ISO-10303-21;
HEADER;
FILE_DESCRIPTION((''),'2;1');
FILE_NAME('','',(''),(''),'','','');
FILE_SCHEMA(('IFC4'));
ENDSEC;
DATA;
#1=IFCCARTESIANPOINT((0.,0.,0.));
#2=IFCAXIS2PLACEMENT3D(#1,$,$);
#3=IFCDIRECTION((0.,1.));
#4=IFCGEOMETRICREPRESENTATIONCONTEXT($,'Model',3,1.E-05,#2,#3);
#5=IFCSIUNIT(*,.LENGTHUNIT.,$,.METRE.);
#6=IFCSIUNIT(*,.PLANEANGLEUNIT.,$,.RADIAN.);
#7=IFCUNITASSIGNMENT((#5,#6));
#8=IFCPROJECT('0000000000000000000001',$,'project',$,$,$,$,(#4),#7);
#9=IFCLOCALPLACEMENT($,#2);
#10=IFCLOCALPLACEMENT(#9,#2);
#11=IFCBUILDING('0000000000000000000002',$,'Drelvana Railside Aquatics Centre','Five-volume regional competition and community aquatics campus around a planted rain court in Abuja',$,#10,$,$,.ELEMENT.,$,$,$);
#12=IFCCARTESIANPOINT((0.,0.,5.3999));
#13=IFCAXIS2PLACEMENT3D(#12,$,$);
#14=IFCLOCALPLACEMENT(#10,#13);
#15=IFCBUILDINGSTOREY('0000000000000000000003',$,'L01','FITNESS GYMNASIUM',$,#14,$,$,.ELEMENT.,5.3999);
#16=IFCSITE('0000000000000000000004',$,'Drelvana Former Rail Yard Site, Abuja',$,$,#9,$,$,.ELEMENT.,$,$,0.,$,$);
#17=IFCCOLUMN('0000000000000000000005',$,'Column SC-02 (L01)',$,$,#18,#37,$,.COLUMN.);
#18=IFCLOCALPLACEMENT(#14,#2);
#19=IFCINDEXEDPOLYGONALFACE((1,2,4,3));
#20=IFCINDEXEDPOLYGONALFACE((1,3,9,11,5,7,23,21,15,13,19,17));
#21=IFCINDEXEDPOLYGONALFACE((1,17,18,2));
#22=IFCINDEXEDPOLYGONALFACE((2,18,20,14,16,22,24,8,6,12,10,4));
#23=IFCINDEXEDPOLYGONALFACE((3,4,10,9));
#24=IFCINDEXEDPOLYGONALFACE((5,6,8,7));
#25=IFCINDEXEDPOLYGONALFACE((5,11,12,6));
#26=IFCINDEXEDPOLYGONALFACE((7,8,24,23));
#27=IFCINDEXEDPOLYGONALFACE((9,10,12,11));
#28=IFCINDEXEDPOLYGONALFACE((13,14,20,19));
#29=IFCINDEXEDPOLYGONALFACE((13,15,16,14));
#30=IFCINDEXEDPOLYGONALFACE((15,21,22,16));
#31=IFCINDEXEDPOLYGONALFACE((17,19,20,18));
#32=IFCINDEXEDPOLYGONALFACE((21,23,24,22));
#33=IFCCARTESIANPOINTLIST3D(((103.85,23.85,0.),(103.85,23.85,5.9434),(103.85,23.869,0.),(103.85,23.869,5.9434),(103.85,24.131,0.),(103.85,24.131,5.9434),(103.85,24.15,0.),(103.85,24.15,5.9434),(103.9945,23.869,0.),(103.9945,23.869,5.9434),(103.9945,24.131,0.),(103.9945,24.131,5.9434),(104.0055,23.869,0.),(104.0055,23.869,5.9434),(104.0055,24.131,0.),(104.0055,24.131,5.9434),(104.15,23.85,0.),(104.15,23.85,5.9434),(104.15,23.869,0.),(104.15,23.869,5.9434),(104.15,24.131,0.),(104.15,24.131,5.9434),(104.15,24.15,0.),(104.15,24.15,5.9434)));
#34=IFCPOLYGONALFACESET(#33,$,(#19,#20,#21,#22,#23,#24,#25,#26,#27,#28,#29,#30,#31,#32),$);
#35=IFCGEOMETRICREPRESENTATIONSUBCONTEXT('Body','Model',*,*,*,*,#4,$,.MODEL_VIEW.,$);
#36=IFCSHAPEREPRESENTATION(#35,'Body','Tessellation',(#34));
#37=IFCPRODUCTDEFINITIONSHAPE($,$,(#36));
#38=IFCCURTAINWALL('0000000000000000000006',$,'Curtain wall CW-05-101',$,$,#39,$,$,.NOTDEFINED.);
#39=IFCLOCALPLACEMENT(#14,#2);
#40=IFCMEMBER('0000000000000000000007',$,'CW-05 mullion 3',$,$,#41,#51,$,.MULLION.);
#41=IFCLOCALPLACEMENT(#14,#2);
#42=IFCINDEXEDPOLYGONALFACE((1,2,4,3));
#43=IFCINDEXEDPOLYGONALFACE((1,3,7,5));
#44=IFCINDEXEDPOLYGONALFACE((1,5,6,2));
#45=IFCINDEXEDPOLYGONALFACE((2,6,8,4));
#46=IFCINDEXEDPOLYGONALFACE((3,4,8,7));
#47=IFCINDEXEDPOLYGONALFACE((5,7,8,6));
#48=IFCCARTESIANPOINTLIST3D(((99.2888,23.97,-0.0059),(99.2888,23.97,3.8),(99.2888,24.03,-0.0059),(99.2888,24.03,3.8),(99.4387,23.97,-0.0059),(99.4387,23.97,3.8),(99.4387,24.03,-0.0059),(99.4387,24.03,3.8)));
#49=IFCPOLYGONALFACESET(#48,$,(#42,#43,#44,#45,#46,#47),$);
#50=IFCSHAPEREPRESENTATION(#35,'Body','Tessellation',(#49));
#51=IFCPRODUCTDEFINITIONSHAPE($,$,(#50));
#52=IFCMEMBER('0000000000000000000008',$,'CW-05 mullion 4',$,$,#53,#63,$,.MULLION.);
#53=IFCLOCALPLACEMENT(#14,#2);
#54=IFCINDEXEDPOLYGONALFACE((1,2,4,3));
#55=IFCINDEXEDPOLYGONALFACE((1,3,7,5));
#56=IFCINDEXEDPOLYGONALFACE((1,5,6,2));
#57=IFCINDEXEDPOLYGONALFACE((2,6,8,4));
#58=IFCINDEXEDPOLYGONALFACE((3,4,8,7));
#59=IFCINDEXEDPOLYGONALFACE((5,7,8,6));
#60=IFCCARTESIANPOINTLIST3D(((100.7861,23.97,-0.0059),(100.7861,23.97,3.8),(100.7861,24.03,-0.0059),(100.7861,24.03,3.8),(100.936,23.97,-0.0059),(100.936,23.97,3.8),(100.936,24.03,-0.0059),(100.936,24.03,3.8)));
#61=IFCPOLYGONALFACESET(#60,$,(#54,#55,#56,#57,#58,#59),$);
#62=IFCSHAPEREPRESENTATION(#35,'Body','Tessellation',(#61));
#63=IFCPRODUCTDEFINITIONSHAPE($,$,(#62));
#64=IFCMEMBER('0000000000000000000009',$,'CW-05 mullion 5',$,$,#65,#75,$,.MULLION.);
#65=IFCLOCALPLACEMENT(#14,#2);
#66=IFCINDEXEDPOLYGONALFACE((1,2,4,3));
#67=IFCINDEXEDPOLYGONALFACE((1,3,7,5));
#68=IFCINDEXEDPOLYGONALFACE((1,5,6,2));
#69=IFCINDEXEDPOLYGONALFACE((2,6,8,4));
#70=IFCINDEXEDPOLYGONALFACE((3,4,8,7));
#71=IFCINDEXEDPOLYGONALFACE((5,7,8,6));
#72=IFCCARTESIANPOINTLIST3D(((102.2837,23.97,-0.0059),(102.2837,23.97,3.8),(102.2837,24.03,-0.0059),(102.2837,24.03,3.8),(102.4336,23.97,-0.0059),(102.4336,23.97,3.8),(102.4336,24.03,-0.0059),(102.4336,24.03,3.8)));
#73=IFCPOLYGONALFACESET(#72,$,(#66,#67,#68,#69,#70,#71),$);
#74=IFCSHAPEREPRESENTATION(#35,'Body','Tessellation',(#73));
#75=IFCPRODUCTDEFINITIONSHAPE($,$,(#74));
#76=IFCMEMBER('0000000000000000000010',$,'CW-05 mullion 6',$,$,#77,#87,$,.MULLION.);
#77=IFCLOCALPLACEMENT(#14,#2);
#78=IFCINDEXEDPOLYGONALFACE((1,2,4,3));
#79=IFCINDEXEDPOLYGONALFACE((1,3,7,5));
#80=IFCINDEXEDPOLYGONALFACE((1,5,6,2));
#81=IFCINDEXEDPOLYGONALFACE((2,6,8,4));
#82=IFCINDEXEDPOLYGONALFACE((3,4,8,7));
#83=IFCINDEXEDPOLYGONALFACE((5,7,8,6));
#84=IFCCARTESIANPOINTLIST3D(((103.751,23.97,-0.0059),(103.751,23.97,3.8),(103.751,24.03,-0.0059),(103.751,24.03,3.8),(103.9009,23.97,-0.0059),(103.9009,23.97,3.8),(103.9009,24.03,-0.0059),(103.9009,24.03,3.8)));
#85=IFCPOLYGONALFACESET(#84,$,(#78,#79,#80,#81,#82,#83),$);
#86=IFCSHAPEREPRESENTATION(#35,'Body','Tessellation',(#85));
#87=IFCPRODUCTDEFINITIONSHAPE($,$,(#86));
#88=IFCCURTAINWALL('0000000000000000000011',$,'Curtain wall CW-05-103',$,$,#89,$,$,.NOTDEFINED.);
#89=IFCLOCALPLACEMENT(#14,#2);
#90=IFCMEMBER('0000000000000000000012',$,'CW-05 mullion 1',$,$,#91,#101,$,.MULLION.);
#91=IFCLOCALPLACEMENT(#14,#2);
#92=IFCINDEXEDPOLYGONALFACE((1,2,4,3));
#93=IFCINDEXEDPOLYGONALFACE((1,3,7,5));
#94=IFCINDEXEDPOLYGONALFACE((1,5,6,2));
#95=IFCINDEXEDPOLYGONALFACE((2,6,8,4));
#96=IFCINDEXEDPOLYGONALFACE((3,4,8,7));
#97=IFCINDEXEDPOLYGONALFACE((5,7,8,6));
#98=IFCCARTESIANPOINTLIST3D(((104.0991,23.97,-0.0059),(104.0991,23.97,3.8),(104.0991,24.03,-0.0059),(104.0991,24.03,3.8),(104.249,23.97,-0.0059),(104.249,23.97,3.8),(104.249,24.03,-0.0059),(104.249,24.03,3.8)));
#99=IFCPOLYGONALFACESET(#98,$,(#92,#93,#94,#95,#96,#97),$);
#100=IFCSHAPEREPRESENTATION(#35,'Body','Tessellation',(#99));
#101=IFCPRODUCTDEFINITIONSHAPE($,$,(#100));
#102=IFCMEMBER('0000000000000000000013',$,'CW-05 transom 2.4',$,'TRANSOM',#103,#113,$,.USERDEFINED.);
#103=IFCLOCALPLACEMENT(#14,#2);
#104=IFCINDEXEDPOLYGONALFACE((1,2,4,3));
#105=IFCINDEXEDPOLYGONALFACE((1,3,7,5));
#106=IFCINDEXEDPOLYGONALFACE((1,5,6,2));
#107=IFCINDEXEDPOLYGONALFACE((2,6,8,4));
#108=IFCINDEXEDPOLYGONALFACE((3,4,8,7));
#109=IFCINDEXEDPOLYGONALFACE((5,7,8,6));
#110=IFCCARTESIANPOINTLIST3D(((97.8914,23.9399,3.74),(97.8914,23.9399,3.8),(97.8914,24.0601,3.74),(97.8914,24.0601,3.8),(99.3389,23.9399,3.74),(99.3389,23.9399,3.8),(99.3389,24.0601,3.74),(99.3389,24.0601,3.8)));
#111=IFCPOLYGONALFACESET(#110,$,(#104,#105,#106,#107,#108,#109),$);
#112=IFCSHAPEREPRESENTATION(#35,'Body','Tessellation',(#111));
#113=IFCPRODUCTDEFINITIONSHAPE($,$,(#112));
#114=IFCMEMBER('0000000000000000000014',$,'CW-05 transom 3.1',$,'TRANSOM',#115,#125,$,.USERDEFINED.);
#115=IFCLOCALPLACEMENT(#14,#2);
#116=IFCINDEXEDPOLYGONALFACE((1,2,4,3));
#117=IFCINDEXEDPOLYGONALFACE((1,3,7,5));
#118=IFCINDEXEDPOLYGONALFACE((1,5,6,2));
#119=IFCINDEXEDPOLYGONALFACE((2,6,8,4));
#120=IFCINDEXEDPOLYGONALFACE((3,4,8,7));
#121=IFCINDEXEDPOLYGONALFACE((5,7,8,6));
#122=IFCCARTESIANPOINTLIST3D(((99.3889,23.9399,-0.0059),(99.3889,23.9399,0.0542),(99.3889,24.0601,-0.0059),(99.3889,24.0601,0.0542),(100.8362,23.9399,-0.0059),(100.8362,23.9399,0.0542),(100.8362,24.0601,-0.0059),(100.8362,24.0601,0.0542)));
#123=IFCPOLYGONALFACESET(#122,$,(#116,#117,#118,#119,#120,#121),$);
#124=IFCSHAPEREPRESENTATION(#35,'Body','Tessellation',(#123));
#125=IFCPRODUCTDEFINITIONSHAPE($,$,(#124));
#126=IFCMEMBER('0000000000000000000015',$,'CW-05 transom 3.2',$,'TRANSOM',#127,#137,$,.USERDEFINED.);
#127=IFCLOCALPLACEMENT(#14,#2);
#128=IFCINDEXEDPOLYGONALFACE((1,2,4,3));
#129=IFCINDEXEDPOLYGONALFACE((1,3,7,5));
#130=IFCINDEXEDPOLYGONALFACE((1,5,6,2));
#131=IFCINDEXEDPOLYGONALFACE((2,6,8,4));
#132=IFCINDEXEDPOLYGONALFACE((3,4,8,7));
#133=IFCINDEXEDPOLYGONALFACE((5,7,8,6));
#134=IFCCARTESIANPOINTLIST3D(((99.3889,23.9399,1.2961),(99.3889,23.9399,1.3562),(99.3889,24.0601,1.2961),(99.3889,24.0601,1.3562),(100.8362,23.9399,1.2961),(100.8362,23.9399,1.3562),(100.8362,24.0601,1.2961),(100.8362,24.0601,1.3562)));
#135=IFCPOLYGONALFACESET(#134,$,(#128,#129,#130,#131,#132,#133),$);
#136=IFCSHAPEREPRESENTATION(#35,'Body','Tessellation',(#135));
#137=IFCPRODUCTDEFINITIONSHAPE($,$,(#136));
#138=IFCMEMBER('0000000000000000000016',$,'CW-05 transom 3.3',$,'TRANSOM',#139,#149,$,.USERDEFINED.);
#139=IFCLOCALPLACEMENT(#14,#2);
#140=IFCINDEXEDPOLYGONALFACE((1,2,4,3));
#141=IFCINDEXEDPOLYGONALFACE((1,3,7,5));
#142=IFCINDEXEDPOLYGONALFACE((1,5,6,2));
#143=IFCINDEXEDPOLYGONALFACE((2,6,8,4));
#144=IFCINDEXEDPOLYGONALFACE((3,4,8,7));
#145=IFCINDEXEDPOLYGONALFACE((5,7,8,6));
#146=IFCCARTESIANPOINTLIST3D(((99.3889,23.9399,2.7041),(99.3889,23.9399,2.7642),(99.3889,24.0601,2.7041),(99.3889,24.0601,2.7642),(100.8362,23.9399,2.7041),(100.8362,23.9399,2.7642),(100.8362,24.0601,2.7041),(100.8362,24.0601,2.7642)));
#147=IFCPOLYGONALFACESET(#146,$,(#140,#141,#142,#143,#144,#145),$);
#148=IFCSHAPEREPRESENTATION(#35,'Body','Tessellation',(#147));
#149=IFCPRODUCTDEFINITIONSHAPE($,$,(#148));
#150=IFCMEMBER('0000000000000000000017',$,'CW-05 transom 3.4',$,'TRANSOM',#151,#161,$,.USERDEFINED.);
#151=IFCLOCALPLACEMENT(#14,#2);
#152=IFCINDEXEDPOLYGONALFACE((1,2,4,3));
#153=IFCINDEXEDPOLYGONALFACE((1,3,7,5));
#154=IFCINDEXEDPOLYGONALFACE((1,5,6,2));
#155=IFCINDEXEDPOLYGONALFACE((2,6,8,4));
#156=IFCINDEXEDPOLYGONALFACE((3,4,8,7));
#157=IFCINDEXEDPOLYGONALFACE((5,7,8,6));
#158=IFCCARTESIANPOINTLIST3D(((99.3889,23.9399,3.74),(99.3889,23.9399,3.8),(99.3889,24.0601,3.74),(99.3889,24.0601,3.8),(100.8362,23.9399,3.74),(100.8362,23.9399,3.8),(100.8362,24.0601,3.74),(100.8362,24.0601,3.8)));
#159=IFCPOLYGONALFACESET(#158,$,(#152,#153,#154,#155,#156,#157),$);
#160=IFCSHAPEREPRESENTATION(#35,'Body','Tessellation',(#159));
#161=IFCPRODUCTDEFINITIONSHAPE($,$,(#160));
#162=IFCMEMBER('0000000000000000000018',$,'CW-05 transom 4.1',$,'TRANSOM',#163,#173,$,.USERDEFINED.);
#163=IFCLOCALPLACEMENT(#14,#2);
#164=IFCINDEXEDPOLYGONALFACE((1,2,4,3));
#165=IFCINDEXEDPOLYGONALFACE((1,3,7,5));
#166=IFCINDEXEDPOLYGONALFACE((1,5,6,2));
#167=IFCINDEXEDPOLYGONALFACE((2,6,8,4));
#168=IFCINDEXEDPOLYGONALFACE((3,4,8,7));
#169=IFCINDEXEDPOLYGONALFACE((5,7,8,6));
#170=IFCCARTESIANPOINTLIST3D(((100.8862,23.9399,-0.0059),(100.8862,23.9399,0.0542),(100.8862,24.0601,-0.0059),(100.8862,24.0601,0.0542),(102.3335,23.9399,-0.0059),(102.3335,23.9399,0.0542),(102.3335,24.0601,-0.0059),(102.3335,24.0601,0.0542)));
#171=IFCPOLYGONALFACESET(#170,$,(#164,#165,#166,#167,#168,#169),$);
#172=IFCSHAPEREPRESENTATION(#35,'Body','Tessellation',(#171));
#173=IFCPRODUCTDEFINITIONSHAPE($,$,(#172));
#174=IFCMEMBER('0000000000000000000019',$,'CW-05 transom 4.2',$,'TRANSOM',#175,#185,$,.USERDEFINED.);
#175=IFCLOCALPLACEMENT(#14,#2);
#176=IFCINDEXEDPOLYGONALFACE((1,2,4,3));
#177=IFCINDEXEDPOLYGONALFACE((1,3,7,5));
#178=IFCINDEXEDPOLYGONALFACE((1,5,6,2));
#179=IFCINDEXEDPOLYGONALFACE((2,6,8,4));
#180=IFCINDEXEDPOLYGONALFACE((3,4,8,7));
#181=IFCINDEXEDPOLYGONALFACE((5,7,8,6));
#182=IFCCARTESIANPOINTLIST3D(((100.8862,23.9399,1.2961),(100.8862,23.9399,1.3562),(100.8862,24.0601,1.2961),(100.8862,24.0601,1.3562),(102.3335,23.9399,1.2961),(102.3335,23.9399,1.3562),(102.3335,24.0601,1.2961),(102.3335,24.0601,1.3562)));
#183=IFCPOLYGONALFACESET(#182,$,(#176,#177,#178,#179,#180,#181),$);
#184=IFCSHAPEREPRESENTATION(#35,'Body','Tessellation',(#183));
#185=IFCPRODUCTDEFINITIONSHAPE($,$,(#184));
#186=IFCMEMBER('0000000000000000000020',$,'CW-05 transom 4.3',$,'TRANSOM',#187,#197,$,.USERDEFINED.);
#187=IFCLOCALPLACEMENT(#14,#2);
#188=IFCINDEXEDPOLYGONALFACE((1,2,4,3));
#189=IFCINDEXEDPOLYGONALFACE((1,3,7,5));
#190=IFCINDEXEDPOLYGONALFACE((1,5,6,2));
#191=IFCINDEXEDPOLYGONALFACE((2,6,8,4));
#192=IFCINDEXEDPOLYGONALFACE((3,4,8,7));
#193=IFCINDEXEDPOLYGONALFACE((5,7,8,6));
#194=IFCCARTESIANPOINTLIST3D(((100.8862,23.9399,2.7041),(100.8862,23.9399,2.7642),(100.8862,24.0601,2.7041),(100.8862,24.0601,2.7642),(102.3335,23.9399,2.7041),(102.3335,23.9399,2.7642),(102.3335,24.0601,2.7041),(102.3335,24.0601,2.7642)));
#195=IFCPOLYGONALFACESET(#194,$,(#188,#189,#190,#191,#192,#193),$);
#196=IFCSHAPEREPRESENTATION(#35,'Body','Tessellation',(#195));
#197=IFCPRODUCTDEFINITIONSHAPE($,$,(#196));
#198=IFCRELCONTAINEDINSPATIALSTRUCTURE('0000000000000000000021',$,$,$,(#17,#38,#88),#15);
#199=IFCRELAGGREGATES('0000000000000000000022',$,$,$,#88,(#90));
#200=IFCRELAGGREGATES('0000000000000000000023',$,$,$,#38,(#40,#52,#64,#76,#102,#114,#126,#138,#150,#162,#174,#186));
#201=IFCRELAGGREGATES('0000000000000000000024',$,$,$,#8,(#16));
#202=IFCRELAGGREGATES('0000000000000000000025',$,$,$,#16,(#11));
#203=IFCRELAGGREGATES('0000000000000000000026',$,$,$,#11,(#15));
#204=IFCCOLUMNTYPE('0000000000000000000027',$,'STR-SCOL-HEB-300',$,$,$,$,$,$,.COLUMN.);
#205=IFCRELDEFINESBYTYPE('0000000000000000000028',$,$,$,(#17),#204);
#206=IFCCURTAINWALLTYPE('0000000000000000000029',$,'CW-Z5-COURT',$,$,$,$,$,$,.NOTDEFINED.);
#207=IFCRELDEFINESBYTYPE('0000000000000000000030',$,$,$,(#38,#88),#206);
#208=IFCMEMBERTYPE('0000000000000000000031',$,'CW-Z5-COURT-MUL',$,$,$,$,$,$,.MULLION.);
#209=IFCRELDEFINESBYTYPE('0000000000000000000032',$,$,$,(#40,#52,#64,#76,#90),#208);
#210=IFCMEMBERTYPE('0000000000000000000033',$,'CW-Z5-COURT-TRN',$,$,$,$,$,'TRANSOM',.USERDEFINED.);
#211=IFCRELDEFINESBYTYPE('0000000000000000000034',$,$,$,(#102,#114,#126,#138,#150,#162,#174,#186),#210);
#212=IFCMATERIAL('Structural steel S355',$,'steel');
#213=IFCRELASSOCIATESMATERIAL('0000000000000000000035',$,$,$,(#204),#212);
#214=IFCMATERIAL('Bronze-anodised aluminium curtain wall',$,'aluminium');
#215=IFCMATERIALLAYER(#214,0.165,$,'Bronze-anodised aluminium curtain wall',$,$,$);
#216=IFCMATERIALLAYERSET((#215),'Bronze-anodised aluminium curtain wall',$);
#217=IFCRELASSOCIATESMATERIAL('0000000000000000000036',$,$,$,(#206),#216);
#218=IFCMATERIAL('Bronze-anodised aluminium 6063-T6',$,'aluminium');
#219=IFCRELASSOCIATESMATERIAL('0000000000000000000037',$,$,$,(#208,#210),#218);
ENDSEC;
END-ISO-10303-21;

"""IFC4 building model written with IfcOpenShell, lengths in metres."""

from ifc_helpers import new_model, si_unit, direction, frame, origin, origin_2d, place, context, subcontext, project, spatial, rectangle, i_section, extrude, material, layer, layer_set, material_profile, profile_set, type_object, element, aggregate, save


model = new_model("IFC4")

# Units and contexts
model_context = context("Model", 3, precision=1e-05, world=origin(), true_north=direction((0.0, 1.0)))
body_context = subcontext(model_context, "Body", "Model", "MODEL_VIEW")
ifc_project = project(units=[si_unit("LENGTHUNIT", "METRE"), si_unit("PLANEANGLEUNIT", "RADIAN")], contexts=[model_context])

# Site, building, storey
site_placement = place(None, origin())
site = spatial("IfcSite", under=ifc_project, at=site_placement, Name="Drelvana Former Rail Yard Site, Abuja", CompositionType="ELEMENT", RefElevation=0.0)
building_placement = place(site_placement, origin())
building = spatial("IfcBuilding", under=site, at=building_placement, Name="Drelvana Railside Aquatics Centre", Description="Five-volume regional competition and community aquatics campus around a planted rain court in Abuja", CompositionType="ELEMENT")
storey_placement = place(building_placement, frame((0.0, 0.0, 5.3999)))
storey = spatial("IfcBuildingStorey", under=building, at=storey_placement, Name="L01", Description="FITNESS GYMNASIUM", CompositionType="ELEMENT", Elevation=5.3999)

# Column
ifc_material_1 = material(Name="Structural steel S355", Category="steel")
ifc_material_profile_1 = material_profile(ifc_material_1, i_section(OverallWidth=0.3, OverallDepth=0.3, WebThickness=0.011, FlangeThickness=0.019, at=origin_2d()), Name="HEB 300")
ifc_profile_set_1 = profile_set([ifc_material_profile_1], Name="Structural steel S355")
column_type = type_object("IfcColumnType", Name="STR-SCOL-HEB-300", PredefinedType="COLUMN", material=ifc_profile_set_1)
column_placement = place(storey_placement, frame((104.0, 24.0, 0.0), z_axis=(0.0, 0.0, 1.0), x_axis=(1.0, 0.0, 0.0)))
element("IfcColumn", 1, at=column_placement, inside=storey, type_object=column_type, Name="Column SC-02 (L01)", PredefinedType="COLUMN", context=body_context, shape_type="SweptSolid", body=[
    extrude(i_section(OverallWidth=0.3, OverallDepth=0.3, WebThickness=0.011, FlangeThickness=0.019, at=origin_2d()), origin(), (0.0, 0.0, 1.0), 5.9434),
])

# Curtain wall, members
ifc_material_2 = material(Name="Bronze-anodised aluminium curtain wall", Category="aluminium")
ifc_layer_1 = layer(ifc_material_2, 0.165, Name="Bronze-anodised aluminium curtain wall")
ifc_layer_set_1 = layer_set([ifc_layer_1], Name="Bronze-anodised aluminium curtain wall")
curtain_wall_type = type_object("IfcCurtainWallType", Name="CW-Z5-COURT", PredefinedType="NOTDEFINED", material=ifc_layer_set_1)
curtain_wall_1_placement = place(storey_placement, origin())
curtain_wall_1 = element("IfcCurtainWall", 2, at=curtain_wall_1_placement, inside=storey, type_object=curtain_wall_type, Name="Curtain wall CW-05-101", PredefinedType="NOTDEFINED")
ifc_material_3 = material(Name="Bronze-anodised aluminium 6063-T6", Category="aluminium")
ifc_material_profile_2 = material_profile(ifc_material_3, rectangle(XDim=0.0601, YDim=0.1499, at=origin_2d()), Name="ALU-M 60x150")
ifc_profile_set_2 = profile_set([ifc_material_profile_2], Name="Bronze-anodised aluminium 6063-T6")
member_type_1 = type_object("IfcMemberType", Name="CW-Z5-COURT-MUL", PredefinedType="MULLION", material=ifc_profile_set_2)
member_1_placement = place(storey_placement, frame((99.3638, 24.0, -0.0059), z_axis=(0.0, 0.0, 1.0), x_axis=(0.0, 1.0, 0.0)))
member_1 = element("IfcMember", 3, at=member_1_placement, type_object=member_type_1, Name="CW-05 mullion 3", PredefinedType="MULLION", context=body_context, shape_type="SweptSolid", body=[
    extrude(rectangle(XDim=0.0601, YDim=0.1499, at=origin_2d()), origin(), (0.0, 0.0, 1.0), 3.8059),
])
member_2_placement = place(storey_placement, frame((100.8611, 24.0, -0.0059), z_axis=(0.0, 0.0, 1.0), x_axis=(0.0, 1.0, 0.0)))
member_2 = element("IfcMember", 4, at=member_2_placement, type_object=member_type_1, Name="CW-05 mullion 4", PredefinedType="MULLION", context=body_context, shape_type="SweptSolid", body=[
    extrude(rectangle(XDim=0.0601, YDim=0.1499, at=origin_2d()), origin(), (0.0, 0.0, 1.0), 3.8059),
])
member_3_placement = place(storey_placement, frame((102.3586, 24.0, -0.0059), z_axis=(0.0, 0.0, 1.0), x_axis=(0.0, 1.0, 0.0)))
member_3 = element("IfcMember", 5, at=member_3_placement, type_object=member_type_1, Name="CW-05 mullion 5", PredefinedType="MULLION", context=body_context, shape_type="SweptSolid", body=[
    extrude(rectangle(XDim=0.0601, YDim=0.1499, at=origin_2d()), origin(), (0.0, 0.0, 1.0), 3.8059),
])
member_4_placement = place(storey_placement, frame((103.8259, 24.0, -0.0059), z_axis=(0.0, 0.0, 1.0), x_axis=(0.0, 1.0, 0.0)))
member_4 = element("IfcMember", 6, at=member_4_placement, type_object=member_type_1, Name="CW-05 mullion 6", PredefinedType="MULLION", context=body_context, shape_type="SweptSolid", body=[
    extrude(rectangle(XDim=0.0601, YDim=0.1499, at=origin_2d()), origin(), (0.0, 0.0, 1.0), 3.8059),
])

# Curtain wall, member
curtain_wall_2_placement = place(storey_placement, origin())
curtain_wall_2 = element("IfcCurtainWall", 7, at=curtain_wall_2_placement, inside=storey, type_object=curtain_wall_type, Name="Curtain wall CW-05-103", PredefinedType="NOTDEFINED")
member_5_placement = place(storey_placement, frame((104.1741, 24.0, -0.0059), z_axis=(0.0, 0.0, 1.0), x_axis=(0.0, 1.0, 0.0)))
member_5 = element("IfcMember", 8, at=member_5_placement, type_object=member_type_1, Name="CW-05 mullion 1", PredefinedType="MULLION", context=body_context, shape_type="SweptSolid", body=[
    extrude(rectangle(XDim=0.0601, YDim=0.1499, at=origin_2d()), origin(), (0.0, 0.0, 1.0), 3.8059),
])

# Members
ifc_material_profile_3 = material_profile(ifc_material_3, rectangle(XDim=0.1201, YDim=0.0601, at=origin_2d()), Name="ALU-T 60x120")
ifc_profile_set_3 = profile_set([ifc_material_profile_3], Name="Bronze-anodised aluminium 6063-T6")
member_type_2 = type_object("IfcMemberType", Name="CW-Z5-COURT-TRN", ElementType="TRANSOM", PredefinedType="USERDEFINED", material=ifc_profile_set_3)
member_6_placement = place(storey_placement, frame((97.8914, 24.0, 3.77), z_axis=(1.0, 0.0, 0.0), x_axis=(0.0, 1.0, 0.0)))
member_6 = element("IfcMember", 9, at=member_6_placement, type_object=member_type_2, Name="CW-05 transom 2.4", ObjectType="TRANSOM", PredefinedType="USERDEFINED", context=body_context, shape_type="SweptSolid", body=[
    extrude(rectangle(XDim=0.1201, YDim=0.0601, at=origin_2d()), origin(), (0.0, 0.0, 1.0), 1.4475),
])
member_7_placement = place(storey_placement, frame((99.3889, 24.0, 0.0242), z_axis=(1.0, 0.0, 0.0), x_axis=(0.0, 1.0, 0.0)))
member_7 = element("IfcMember", 10, at=member_7_placement, type_object=member_type_2, Name="CW-05 transom 3.1", ObjectType="TRANSOM", PredefinedType="USERDEFINED", context=body_context, shape_type="SweptSolid", body=[
    extrude(rectangle(XDim=0.1201, YDim=0.0601, at=origin_2d()), origin(), (0.0, 0.0, 1.0), 1.4473),
])
member_8_placement = place(storey_placement, frame((99.3889, 24.0, 1.3262), z_axis=(1.0, 0.0, 0.0), x_axis=(0.0, 1.0, 0.0)))
member_8 = element("IfcMember", 11, at=member_8_placement, type_object=member_type_2, Name="CW-05 transom 3.2", ObjectType="TRANSOM", PredefinedType="USERDEFINED", context=body_context, shape_type="SweptSolid", body=[
    extrude(rectangle(XDim=0.1201, YDim=0.0601, at=origin_2d()), origin(), (0.0, 0.0, 1.0), 1.4473),
])
member_9_placement = place(storey_placement, frame((99.3889, 24.0, 2.7341), z_axis=(1.0, 0.0, 0.0), x_axis=(0.0, 1.0, 0.0)))
member_9 = element("IfcMember", 12, at=member_9_placement, type_object=member_type_2, Name="CW-05 transom 3.3", ObjectType="TRANSOM", PredefinedType="USERDEFINED", context=body_context, shape_type="SweptSolid", body=[
    extrude(rectangle(XDim=0.1201, YDim=0.0601, at=origin_2d()), origin(), (0.0, 0.0, 1.0), 1.4473),
])
member_10_placement = place(storey_placement, frame((99.3889, 24.0, 3.77), z_axis=(1.0, 0.0, 0.0), x_axis=(0.0, 1.0, 0.0)))
member_10 = element("IfcMember", 13, at=member_10_placement, type_object=member_type_2, Name="CW-05 transom 3.4", ObjectType="TRANSOM", PredefinedType="USERDEFINED", context=body_context, shape_type="SweptSolid", body=[
    extrude(rectangle(XDim=0.1201, YDim=0.0601, at=origin_2d()), origin(), (0.0, 0.0, 1.0), 1.4473),
])
member_11_placement = place(storey_placement, frame((100.8862, 24.0, 0.0242), z_axis=(1.0, 0.0, 0.0), x_axis=(0.0, 1.0, 0.0)))
member_11 = element("IfcMember", 14, at=member_11_placement, type_object=member_type_2, Name="CW-05 transom 4.1", ObjectType="TRANSOM", PredefinedType="USERDEFINED", context=body_context, shape_type="SweptSolid", body=[
    extrude(rectangle(XDim=0.1201, YDim=0.0601, at=origin_2d()), origin(), (0.0, 0.0, 1.0), 1.4473),
])
member_12_placement = place(storey_placement, frame((100.8862, 24.0, 1.3262), z_axis=(1.0, 0.0, 0.0), x_axis=(0.0, 1.0, 0.0)))
member_12 = element("IfcMember", 15, at=member_12_placement, type_object=member_type_2, Name="CW-05 transom 4.2", ObjectType="TRANSOM", PredefinedType="USERDEFINED", context=body_context, shape_type="SweptSolid", body=[
    extrude(rectangle(XDim=0.1201, YDim=0.0601, at=origin_2d()), origin(), (0.0, 0.0, 1.0), 1.4473),
])
member_13_placement = place(storey_placement, frame((100.8862, 24.0, 2.7341), z_axis=(1.0, 0.0, 0.0), x_axis=(0.0, 1.0, 0.0)))
member_13 = element("IfcMember", 16, at=member_13_placement, type_object=member_type_2, Name="CW-05 transom 4.3", ObjectType="TRANSOM", PredefinedType="USERDEFINED", context=body_context, shape_type="SweptSolid", body=[
    extrude(rectangle(XDim=0.1201, YDim=0.0601, at=origin_2d()), origin(), (0.0, 0.0, 1.0), 1.4473),
])
aggregate(curtain_wall_2, [member_5])

aggregate(curtain_wall_1, [member_1, member_2, member_3, member_4, member_6, member_7, member_8, member_9, member_10, member_11, member_12, member_13])

save(model, "model.ifc")
